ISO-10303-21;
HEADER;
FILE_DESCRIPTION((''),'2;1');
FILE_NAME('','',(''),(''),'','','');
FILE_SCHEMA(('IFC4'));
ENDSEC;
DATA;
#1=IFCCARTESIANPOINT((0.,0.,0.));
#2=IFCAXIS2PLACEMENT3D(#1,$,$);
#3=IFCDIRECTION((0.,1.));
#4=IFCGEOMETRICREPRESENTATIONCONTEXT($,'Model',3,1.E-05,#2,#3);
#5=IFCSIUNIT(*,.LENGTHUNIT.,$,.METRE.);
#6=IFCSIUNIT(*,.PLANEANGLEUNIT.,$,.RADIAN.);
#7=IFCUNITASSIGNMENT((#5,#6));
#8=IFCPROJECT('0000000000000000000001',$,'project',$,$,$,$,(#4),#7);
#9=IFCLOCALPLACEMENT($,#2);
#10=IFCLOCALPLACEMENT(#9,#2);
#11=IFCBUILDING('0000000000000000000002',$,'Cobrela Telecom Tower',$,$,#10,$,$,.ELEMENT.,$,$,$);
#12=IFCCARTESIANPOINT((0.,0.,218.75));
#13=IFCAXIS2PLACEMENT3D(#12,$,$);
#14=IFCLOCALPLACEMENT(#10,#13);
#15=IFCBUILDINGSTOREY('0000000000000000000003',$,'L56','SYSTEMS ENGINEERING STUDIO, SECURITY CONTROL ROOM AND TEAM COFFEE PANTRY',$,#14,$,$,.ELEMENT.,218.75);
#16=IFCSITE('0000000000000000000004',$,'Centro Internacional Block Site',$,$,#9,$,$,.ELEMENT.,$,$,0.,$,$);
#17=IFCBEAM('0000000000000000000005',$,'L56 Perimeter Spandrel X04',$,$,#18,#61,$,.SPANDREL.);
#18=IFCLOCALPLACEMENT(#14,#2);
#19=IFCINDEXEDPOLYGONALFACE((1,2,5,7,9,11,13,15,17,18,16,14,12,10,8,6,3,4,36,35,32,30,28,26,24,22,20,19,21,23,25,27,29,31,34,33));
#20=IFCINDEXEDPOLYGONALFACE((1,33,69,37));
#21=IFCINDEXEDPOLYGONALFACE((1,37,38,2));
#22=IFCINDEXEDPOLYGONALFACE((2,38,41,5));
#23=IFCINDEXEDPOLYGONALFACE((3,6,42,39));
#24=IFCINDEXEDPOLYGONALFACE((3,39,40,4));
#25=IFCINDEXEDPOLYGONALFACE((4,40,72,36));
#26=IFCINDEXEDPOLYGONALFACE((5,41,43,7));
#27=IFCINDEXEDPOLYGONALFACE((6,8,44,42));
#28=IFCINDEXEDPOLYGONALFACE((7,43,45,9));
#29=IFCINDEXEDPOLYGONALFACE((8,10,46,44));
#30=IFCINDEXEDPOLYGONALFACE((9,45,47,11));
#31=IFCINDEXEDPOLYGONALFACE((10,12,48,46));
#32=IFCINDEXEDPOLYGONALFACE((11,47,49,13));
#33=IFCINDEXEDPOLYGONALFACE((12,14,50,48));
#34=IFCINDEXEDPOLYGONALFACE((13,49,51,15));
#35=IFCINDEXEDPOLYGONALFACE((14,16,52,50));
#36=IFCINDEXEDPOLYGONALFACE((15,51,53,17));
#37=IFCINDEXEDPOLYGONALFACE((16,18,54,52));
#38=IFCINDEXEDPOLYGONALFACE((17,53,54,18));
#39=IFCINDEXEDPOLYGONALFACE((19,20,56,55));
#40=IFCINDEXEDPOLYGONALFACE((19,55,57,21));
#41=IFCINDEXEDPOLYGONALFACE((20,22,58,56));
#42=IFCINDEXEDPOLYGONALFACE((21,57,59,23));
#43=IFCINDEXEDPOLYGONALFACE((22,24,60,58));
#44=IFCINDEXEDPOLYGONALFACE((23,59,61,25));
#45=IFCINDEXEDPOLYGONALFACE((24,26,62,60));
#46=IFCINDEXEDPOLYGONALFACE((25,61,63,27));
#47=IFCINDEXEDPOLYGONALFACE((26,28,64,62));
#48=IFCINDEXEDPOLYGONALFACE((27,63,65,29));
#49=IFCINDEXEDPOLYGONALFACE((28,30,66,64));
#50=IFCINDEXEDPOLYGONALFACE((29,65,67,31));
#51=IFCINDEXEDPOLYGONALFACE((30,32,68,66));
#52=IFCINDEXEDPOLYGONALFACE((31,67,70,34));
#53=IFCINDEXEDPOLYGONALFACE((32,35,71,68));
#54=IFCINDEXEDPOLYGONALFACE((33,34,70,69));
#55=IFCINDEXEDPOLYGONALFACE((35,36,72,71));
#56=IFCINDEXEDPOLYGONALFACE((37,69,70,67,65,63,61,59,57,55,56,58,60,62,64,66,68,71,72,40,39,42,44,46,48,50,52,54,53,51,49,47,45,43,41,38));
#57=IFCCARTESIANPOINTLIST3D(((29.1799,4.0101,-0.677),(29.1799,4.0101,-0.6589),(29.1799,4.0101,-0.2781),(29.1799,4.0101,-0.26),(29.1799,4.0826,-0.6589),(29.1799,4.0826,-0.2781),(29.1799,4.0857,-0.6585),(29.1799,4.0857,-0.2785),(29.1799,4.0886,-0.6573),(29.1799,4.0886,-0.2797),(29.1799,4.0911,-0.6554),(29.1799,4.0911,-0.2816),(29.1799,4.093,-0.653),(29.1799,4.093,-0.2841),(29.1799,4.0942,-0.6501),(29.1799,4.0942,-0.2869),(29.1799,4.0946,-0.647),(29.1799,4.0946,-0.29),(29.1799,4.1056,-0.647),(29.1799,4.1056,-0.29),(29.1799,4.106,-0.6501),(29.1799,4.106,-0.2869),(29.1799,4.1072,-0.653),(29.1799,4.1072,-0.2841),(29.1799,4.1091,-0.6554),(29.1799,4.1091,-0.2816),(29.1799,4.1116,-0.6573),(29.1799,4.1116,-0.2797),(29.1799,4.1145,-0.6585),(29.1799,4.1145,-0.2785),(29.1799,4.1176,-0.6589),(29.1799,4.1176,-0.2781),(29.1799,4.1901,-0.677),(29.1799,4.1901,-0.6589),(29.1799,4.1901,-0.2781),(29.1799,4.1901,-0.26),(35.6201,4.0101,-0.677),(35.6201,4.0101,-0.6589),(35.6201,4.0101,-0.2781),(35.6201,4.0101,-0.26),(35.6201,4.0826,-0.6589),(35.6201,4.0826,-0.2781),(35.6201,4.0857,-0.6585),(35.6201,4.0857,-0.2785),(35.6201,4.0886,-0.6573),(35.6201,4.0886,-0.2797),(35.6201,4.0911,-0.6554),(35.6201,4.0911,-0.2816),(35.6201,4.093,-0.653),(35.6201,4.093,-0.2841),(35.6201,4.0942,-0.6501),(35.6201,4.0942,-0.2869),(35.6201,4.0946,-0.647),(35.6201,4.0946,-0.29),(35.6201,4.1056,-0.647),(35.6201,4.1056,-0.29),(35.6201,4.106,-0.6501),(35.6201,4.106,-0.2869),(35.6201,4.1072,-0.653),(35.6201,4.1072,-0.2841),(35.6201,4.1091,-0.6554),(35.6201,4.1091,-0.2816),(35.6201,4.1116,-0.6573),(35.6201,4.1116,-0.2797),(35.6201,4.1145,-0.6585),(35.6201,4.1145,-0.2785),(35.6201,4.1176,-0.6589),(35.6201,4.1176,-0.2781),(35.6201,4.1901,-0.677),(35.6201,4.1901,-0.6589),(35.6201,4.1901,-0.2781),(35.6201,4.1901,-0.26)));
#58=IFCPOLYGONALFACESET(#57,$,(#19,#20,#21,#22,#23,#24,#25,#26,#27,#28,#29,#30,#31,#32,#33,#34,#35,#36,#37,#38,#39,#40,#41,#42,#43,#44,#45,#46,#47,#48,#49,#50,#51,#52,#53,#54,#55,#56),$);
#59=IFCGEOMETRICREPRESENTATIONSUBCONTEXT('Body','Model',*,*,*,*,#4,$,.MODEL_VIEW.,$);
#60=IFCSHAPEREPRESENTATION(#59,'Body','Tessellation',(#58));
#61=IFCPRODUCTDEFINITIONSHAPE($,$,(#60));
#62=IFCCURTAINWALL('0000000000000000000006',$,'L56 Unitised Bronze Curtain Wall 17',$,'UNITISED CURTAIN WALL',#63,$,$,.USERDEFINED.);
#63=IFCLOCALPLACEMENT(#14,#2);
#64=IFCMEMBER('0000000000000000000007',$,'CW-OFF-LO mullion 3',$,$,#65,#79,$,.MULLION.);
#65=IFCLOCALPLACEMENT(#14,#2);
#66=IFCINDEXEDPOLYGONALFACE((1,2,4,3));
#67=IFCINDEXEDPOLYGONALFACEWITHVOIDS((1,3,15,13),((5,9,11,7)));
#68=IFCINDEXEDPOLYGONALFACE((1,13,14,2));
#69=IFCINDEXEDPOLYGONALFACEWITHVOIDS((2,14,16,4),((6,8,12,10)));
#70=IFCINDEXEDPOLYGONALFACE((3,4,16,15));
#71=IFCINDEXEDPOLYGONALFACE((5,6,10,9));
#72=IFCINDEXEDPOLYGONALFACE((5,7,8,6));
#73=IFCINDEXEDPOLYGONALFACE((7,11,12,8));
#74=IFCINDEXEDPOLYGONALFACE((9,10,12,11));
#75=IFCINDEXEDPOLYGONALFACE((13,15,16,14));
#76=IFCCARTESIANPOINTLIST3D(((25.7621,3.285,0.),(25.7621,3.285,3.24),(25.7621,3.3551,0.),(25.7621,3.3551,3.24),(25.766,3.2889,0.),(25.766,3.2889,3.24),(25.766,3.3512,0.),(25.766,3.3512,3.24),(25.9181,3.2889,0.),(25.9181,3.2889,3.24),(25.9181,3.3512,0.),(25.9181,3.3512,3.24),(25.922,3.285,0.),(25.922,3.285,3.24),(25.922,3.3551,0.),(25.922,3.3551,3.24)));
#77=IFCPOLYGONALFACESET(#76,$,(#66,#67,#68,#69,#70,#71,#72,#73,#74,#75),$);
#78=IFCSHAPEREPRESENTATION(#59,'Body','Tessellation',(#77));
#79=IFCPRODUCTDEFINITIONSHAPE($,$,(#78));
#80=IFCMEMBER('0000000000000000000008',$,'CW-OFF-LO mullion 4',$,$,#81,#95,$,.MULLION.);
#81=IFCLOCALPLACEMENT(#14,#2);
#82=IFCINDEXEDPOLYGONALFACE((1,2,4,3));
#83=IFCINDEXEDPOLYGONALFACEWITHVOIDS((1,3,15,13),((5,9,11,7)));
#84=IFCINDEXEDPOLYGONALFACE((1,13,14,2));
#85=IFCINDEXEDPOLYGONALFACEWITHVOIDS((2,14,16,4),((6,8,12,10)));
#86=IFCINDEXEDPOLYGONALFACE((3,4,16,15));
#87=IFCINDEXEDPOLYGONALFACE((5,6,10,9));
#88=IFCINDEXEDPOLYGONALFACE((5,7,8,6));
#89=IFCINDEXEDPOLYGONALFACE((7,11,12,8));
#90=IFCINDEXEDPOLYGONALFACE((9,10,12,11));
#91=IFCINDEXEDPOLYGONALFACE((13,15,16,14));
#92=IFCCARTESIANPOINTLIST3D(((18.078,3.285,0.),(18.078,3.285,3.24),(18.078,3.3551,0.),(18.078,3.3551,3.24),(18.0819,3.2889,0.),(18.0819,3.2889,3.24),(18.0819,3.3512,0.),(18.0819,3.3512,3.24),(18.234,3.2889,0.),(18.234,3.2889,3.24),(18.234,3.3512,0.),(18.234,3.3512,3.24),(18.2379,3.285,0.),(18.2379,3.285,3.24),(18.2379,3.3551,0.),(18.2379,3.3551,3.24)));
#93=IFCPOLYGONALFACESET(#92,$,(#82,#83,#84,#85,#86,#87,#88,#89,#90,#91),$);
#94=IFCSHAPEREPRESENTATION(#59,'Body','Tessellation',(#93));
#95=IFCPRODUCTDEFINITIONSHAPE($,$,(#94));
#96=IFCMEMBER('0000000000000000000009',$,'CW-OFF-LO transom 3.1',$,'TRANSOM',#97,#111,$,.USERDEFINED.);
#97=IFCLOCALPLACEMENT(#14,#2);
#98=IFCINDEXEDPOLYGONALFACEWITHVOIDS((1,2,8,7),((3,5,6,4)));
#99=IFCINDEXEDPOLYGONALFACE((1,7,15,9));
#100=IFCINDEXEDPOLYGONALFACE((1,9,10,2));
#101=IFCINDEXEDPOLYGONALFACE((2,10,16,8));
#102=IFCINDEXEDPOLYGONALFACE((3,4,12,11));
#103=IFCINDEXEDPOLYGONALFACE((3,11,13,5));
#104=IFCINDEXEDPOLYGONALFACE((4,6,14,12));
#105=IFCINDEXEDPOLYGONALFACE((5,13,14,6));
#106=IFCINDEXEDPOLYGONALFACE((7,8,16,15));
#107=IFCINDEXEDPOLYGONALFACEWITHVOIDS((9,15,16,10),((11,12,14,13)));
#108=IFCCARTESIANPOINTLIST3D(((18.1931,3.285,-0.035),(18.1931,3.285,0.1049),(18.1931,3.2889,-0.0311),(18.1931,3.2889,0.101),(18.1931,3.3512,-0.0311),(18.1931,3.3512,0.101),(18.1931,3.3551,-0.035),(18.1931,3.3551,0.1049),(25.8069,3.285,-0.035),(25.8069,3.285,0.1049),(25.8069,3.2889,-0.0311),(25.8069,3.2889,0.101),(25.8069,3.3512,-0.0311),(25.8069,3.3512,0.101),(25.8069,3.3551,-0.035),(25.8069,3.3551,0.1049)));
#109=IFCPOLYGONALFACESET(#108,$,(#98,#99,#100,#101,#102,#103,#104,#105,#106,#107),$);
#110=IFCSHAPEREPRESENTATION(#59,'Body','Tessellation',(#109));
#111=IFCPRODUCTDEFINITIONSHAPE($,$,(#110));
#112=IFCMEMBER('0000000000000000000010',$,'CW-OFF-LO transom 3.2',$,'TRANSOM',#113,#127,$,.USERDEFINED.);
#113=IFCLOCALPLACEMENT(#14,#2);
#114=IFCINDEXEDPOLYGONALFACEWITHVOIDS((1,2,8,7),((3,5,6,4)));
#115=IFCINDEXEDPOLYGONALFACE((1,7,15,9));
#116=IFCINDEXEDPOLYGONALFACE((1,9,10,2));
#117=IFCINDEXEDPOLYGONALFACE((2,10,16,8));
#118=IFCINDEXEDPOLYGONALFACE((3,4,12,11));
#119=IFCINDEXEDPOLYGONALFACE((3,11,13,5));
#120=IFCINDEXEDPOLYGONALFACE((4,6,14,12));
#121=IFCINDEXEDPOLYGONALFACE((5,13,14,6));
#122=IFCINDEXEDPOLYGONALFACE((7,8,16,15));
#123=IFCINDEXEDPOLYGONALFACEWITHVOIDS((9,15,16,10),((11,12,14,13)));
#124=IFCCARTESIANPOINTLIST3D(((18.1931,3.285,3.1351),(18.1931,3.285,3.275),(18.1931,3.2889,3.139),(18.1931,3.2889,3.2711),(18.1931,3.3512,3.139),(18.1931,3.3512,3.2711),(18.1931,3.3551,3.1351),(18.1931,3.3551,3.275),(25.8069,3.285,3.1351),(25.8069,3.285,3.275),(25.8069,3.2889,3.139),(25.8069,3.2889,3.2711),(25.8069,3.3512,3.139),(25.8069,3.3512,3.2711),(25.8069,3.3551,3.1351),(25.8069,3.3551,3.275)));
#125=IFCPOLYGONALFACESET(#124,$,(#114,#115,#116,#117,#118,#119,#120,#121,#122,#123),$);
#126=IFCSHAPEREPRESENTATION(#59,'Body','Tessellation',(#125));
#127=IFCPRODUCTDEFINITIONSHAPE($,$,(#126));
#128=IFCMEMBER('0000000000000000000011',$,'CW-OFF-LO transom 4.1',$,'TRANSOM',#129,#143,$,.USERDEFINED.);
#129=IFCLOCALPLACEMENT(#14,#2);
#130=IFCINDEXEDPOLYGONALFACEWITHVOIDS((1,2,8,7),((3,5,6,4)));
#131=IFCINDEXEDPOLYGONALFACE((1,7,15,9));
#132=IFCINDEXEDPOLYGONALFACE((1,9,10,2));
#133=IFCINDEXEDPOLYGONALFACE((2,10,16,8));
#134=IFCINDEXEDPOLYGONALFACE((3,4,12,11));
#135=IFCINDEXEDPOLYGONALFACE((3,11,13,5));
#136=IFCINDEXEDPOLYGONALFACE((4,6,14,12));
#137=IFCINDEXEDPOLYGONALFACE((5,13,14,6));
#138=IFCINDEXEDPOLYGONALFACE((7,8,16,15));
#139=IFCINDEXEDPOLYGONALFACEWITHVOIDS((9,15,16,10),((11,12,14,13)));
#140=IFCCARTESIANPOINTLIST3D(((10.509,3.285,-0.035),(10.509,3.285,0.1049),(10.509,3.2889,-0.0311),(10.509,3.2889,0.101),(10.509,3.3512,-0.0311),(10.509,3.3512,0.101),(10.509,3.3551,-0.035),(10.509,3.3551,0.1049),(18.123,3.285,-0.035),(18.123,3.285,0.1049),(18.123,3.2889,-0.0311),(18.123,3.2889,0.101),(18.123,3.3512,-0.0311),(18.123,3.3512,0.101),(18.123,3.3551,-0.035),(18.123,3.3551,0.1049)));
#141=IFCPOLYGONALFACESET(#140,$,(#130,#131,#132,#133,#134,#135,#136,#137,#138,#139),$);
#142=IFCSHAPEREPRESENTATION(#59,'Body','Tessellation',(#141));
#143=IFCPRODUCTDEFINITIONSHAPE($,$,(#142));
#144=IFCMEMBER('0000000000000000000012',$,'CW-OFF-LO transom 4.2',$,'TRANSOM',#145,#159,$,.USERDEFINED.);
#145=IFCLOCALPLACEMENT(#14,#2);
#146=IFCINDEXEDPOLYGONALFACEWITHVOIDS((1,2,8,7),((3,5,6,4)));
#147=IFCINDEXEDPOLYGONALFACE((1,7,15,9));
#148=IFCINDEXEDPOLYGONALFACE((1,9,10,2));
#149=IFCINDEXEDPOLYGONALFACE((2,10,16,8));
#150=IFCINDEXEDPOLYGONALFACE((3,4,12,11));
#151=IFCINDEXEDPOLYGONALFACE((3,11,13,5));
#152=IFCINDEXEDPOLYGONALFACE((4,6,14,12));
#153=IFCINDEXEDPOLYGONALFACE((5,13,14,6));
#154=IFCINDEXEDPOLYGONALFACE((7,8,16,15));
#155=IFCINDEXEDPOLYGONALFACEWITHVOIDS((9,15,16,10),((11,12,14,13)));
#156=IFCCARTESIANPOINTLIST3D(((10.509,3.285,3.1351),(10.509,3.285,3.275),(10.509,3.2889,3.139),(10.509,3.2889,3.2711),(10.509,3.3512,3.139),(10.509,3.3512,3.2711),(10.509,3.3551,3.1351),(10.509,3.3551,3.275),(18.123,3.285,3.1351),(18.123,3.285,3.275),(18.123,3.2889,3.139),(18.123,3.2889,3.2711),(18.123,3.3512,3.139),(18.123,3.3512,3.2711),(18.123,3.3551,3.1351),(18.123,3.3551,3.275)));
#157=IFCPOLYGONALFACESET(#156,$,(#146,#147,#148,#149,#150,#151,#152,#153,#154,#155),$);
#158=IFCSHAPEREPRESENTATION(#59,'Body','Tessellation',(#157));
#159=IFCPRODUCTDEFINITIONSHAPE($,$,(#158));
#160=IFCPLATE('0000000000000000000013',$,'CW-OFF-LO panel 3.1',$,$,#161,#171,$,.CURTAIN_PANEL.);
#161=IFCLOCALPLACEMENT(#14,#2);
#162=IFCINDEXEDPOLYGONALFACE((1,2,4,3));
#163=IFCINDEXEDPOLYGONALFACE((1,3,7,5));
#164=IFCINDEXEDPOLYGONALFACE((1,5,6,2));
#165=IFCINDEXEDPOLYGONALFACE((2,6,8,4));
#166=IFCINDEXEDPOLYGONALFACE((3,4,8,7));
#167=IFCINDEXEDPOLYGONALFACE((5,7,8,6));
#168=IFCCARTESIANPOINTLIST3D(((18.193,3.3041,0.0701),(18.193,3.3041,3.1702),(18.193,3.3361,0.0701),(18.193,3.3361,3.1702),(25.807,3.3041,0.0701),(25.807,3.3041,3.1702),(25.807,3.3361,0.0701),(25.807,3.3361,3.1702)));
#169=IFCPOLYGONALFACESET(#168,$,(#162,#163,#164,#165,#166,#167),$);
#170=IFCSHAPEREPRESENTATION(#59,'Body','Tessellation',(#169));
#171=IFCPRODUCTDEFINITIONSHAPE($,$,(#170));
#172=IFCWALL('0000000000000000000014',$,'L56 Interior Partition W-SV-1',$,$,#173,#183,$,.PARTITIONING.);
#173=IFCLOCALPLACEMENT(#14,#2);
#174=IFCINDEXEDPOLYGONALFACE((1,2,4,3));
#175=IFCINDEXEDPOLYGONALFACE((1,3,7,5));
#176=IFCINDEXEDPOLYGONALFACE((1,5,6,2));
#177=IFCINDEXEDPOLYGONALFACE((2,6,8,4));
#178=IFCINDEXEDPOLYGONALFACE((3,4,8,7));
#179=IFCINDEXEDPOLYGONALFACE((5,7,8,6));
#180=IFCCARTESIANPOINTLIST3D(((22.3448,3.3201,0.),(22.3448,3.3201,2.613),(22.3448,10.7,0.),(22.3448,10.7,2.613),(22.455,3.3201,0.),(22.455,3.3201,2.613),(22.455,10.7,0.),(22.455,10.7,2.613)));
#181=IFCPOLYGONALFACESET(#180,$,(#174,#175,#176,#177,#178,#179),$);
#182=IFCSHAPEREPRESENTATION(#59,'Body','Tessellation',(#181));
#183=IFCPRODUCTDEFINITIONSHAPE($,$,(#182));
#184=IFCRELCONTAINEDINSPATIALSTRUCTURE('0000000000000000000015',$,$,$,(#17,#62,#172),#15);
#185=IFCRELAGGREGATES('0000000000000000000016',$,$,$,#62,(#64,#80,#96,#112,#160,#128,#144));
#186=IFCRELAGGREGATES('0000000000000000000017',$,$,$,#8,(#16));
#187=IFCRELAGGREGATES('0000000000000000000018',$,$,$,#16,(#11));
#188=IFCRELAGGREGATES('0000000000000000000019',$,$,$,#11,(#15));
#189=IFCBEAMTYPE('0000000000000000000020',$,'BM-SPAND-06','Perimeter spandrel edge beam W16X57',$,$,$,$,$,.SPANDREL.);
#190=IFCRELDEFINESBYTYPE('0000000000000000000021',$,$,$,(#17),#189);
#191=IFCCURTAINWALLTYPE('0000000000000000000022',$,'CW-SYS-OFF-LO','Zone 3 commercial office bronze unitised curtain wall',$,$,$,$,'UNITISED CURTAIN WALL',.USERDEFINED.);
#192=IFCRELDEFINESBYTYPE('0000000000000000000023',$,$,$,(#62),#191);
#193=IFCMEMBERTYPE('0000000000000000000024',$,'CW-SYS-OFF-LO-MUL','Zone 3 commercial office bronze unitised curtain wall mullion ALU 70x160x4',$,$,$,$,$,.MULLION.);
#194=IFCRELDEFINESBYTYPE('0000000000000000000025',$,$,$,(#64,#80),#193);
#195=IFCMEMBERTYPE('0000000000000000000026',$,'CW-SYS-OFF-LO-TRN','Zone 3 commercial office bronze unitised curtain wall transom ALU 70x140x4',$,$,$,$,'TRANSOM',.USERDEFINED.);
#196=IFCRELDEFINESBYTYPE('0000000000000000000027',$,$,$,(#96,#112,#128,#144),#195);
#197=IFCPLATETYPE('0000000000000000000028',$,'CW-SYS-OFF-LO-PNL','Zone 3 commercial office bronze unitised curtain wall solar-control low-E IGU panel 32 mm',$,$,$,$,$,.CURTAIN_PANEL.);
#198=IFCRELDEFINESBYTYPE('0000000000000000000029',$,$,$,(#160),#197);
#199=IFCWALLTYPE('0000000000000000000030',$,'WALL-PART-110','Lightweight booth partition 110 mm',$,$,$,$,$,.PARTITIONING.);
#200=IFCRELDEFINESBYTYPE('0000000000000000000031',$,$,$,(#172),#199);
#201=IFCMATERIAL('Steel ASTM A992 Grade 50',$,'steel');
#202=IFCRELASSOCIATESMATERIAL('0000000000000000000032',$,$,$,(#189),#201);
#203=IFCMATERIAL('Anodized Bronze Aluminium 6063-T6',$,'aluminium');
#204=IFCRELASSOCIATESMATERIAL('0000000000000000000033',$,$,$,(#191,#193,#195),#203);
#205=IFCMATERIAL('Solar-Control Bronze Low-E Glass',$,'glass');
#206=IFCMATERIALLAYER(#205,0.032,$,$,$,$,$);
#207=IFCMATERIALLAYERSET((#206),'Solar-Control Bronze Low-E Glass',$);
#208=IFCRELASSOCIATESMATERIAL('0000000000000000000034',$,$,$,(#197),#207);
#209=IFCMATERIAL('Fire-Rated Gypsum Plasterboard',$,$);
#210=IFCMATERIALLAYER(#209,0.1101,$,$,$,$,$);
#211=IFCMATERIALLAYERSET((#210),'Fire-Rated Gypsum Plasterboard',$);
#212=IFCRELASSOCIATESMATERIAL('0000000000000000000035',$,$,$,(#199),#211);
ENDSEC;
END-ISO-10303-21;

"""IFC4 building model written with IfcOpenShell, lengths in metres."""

from ifc_helpers import new_model, si_unit, direction, frame, frame_2d, origin, origin_2d, place, context, subcontext, project, spatial, rectangle, hollow_rectangle, i_section, extrude, material, layer, layer_set, material_profile, profile_set, type_object, element, aggregate, save


model = new_model("IFC4")

# Units and contexts
model_context = context("Model", 3, precision=1e-05, world=origin(), true_north=direction((0.0, 1.0)))
body_context = subcontext(model_context, "Body", "Model", "MODEL_VIEW")
ifc_project = project(units=[si_unit("LENGTHUNIT", "METRE"), si_unit("PLANEANGLEUNIT", "RADIAN")], contexts=[model_context])

# Site, building, storey
site_placement = place(None, origin())
site = spatial("IfcSite", under=ifc_project, at=site_placement, Name="Centro Internacional Block Site", CompositionType="ELEMENT", RefElevation=0.0)
building_placement = place(site_placement, origin())
building = spatial("IfcBuilding", under=site, at=building_placement, Name="Cobrela Telecom Tower", CompositionType="ELEMENT")
storey_placement = place(building_placement, frame((0.0, 0.0, 218.75)))
storey = spatial("IfcBuildingStorey", under=building, at=storey_placement, Name="L56", Description="SYSTEMS ENGINEERING STUDIO, SECURITY CONTROL ROOM AND TEAM COFFEE PANTRY", CompositionType="ELEMENT", Elevation=218.75)

# Shared definitions
ifc_material_1 = material(Name="Steel ASTM A992 Grade 50", Category="steel")

# Beam
ifc_material_profile_1 = material_profile(ifc_material_1, i_section(OverallWidth=0.1799, OverallDepth=0.417, WebThickness=0.011, FlangeThickness=0.0181, FilletRadius=0.012, at=origin_2d()), Name="W16X57")
ifc_profile_set_1 = profile_set([ifc_material_profile_1], Name="Steel ASTM A992 Grade 50")
beam_type_1 = type_object("IfcBeamType", Name="BM-SPAND-06", Description="Perimeter spandrel edge beam W16X57", PredefinedType="SPANDREL", material=ifc_profile_set_1)
beam_1_placement = place(storey_placement, frame((29.1799, 4.1001, -0.4685), z_axis=(1.0, 0.0, 0.0), x_axis=(0.0, 1.0, 0.0)))
element("IfcBeam", 1, at=beam_1_placement, inside=storey, type_object=beam_type_1, Name="L56 Perimeter Spandrel X04", PredefinedType="SPANDREL", context=body_context, shape_type="SweptSolid", body=[
    extrude(i_section(OverallWidth=0.1799, OverallDepth=0.417, WebThickness=0.011, FlangeThickness=0.0181, FilletRadius=0.012, at=origin_2d()), origin(), (0.0, 0.0, 1.0), 6.4402),
])

# Curtain wall, members, plate
ifc_material_2 = material(Name="Anodized Bronze Aluminium 6063-T6", Category="aluminium")
curtain_wall_type = type_object("IfcCurtainWallType", Name="CW-SYS-OFF-LO", Description="Zone 3 commercial office bronze unitised curtain wall", ElementType="UNITISED CURTAIN WALL", PredefinedType="USERDEFINED", material=ifc_material_2)
curtain_wall_placement = place(storey_placement, origin())
curtain_wall = element("IfcCurtainWall", 2, at=curtain_wall_placement, inside=storey, type_object=curtain_wall_type, Name="L56 Unitised Bronze Curtain Wall 17", ObjectType="UNITISED CURTAIN WALL", PredefinedType="USERDEFINED")
ifc_material_profile_2 = material_profile(ifc_material_2, hollow_rectangle(XDim=0.0701, YDim=0.1599, WallThickness=0.0039, at=origin_2d()), Name="ALU 70x160x4")
ifc_profile_set_2 = profile_set([ifc_material_profile_2], Name="Anodized Bronze Aluminium 6063-T6")
member_type_1 = type_object("IfcMemberType", Name="CW-SYS-OFF-LO-MUL", Description="Zone 3 commercial office bronze unitised curtain wall mullion ALU 70x160x4", PredefinedType="MULLION", material=ifc_profile_set_2)
member_1_placement = place(storey_placement, frame((25.842, 3.3201, 0.0), z_axis=(0.0, 0.0, 1.0), x_axis=(0.0, -1.0, 0.0)))
member_1 = element("IfcMember", 3, at=member_1_placement, type_object=member_type_1, Name="CW-OFF-LO mullion 3", PredefinedType="MULLION", context=body_context, shape_type="SweptSolid", body=[
    extrude(hollow_rectangle(XDim=0.0701, YDim=0.1599, WallThickness=0.0039, at=origin_2d()), origin(), (0.0, 0.0, 1.0), 3.24),
])
member_2_placement = place(storey_placement, frame((18.158, 3.3201, 0.0), z_axis=(0.0, 0.0, 1.0), x_axis=(0.0, -1.0, 0.0)))
member_2 = element("IfcMember", 4, at=member_2_placement, type_object=member_type_1, Name="CW-OFF-LO mullion 4", PredefinedType="MULLION", context=body_context, shape_type="SweptSolid", body=[
    extrude(hollow_rectangle(XDim=0.0701, YDim=0.1599, WallThickness=0.0039, at=origin_2d()), origin(), (0.0, 0.0, 1.0), 3.24),
])
ifc_material_profile_3 = material_profile(ifc_material_2, hollow_rectangle(XDim=0.0701, YDim=0.1399, WallThickness=0.0039, at=origin_2d()), Name="ALU 70x140x4")
ifc_profile_set_3 = profile_set([ifc_material_profile_3], Name="Anodized Bronze Aluminium 6063-T6")
member_type_2 = type_object("IfcMemberType", Name="CW-SYS-OFF-LO-TRN", Description="Zone 3 commercial office bronze unitised curtain wall transom ALU 70x140x4", ElementType="TRANSOM", PredefinedType="USERDEFINED", material=ifc_profile_set_3)
member_3_placement = place(storey_placement, frame((25.8069, 3.3201, 0.0349), z_axis=(-1.0, 0.0, 0.0), x_axis=(0.0, -1.0, 0.0)))
member_3 = element("IfcMember", 5, at=member_3_placement, type_object=member_type_2, Name="CW-OFF-LO transom 3.1", ObjectType="TRANSOM", PredefinedType="USERDEFINED", context=body_context, shape_type="SweptSolid", body=[
    extrude(hollow_rectangle(XDim=0.0701, YDim=0.1399, WallThickness=0.0039, at=origin_2d()), origin(), (0.0, 0.0, 1.0), 7.6138),
])
member_4_placement = place(storey_placement, frame((25.8069, 3.3201, 3.2051), z_axis=(-1.0, 0.0, 0.0), x_axis=(0.0, -1.0, 0.0)))
member_4 = element("IfcMember", 6, at=member_4_placement, type_object=member_type_2, Name="CW-OFF-LO transom 3.2", ObjectType="TRANSOM", PredefinedType="USERDEFINED", context=body_context, shape_type="SweptSolid", body=[
    extrude(hollow_rectangle(XDim=0.0701, YDim=0.1399, WallThickness=0.0039, at=origin_2d()), origin(), (0.0, 0.0, 1.0), 7.6138),
])
member_5_placement = place(storey_placement, frame((18.123, 3.3201, 0.0349), z_axis=(-1.0, 0.0, 0.0), x_axis=(0.0, -1.0, 0.0)))
member_5 = element("IfcMember", 7, at=member_5_placement, type_object=member_type_2, Name="CW-OFF-LO transom 4.1", ObjectType="TRANSOM", PredefinedType="USERDEFINED", context=body_context, shape_type="SweptSolid", body=[
    extrude(hollow_rectangle(XDim=0.0701, YDim=0.1399, WallThickness=0.0039, at=origin_2d()), origin(), (0.0, 0.0, 1.0), 7.614),
])
member_6_placement = place(storey_placement, frame((18.123, 3.3201, 3.2051), z_axis=(-1.0, 0.0, 0.0), x_axis=(0.0, -1.0, 0.0)))
member_6 = element("IfcMember", 8, at=member_6_placement, type_object=member_type_2, Name="CW-OFF-LO transom 4.2", ObjectType="TRANSOM", PredefinedType="USERDEFINED", context=body_context, shape_type="SweptSolid", body=[
    extrude(hollow_rectangle(XDim=0.0701, YDim=0.1399, WallThickness=0.0039, at=origin_2d()), origin(), (0.0, 0.0, 1.0), 7.614),
])
ifc_material_3 = material(Name="Solar-Control Bronze Low-E Glass", Category="glass")
ifc_layer_1 = layer(ifc_material_3, 0.032)
ifc_layer_set_1 = layer_set([ifc_layer_1], Name="Solar-Control Bronze Low-E Glass")
plate_type = type_object("IfcPlateType", Name="CW-SYS-OFF-LO-PNL", Description="Zone 3 commercial office bronze unitised curtain wall solar-control low-E IGU panel 32 mm", PredefinedType="CURTAIN_PANEL", material=ifc_layer_set_1)
plate_placement = place(storey_placement, frame((22.0, 3.3201, 0.0701), z_axis=(0.0, 0.0, 1.0), x_axis=(-1.0, 0.0, 0.0)))
plate = element("IfcPlate", 9, at=plate_placement, type_object=plate_type, Name="CW-OFF-LO panel 3.1", PredefinedType="CURTAIN_PANEL", context=body_context, shape_type="SweptSolid", body=[
    extrude(rectangle(XDim=7.614, YDim=0.032, at=origin_2d()), origin(), (0.0, 0.0, 1.0), 3.1001),
])
aggregate(curtain_wall, [member_1, member_2, member_3, member_4, plate, member_5, member_6])

# Wall
ifc_material_4 = material(Name="Fire-Rated Gypsum Plasterboard")
ifc_layer_2 = layer(ifc_material_4, 0.1101)
ifc_layer_set_2 = layer_set([ifc_layer_2], Name="Fire-Rated Gypsum Plasterboard")
wall_type_1 = type_object("IfcWallType", Name="WALL-PART-110", Description="Lightweight booth partition 110 mm", PredefinedType="PARTITIONING", material=ifc_layer_set_2)
wall_1_placement = place(storey_placement, frame((22.3999, 3.3201, 0.0), z_axis=(0.0, 0.0, 1.0), x_axis=(0.0, 1.0, 0.0)))
element("IfcWall", 10, at=wall_1_placement, inside=storey, type_object=wall_type_1, Name="L56 Interior Partition W-SV-1", PredefinedType="PARTITIONING", context=body_context, shape_type="SweptSolid", body=[
    extrude(rectangle(XDim=7.3799, YDim=0.1101, at=frame_2d((3.6899, 0.0))), origin(), (0.0, 0.0, 1.0), 2.613),
])

save(model, "model.ifc")
